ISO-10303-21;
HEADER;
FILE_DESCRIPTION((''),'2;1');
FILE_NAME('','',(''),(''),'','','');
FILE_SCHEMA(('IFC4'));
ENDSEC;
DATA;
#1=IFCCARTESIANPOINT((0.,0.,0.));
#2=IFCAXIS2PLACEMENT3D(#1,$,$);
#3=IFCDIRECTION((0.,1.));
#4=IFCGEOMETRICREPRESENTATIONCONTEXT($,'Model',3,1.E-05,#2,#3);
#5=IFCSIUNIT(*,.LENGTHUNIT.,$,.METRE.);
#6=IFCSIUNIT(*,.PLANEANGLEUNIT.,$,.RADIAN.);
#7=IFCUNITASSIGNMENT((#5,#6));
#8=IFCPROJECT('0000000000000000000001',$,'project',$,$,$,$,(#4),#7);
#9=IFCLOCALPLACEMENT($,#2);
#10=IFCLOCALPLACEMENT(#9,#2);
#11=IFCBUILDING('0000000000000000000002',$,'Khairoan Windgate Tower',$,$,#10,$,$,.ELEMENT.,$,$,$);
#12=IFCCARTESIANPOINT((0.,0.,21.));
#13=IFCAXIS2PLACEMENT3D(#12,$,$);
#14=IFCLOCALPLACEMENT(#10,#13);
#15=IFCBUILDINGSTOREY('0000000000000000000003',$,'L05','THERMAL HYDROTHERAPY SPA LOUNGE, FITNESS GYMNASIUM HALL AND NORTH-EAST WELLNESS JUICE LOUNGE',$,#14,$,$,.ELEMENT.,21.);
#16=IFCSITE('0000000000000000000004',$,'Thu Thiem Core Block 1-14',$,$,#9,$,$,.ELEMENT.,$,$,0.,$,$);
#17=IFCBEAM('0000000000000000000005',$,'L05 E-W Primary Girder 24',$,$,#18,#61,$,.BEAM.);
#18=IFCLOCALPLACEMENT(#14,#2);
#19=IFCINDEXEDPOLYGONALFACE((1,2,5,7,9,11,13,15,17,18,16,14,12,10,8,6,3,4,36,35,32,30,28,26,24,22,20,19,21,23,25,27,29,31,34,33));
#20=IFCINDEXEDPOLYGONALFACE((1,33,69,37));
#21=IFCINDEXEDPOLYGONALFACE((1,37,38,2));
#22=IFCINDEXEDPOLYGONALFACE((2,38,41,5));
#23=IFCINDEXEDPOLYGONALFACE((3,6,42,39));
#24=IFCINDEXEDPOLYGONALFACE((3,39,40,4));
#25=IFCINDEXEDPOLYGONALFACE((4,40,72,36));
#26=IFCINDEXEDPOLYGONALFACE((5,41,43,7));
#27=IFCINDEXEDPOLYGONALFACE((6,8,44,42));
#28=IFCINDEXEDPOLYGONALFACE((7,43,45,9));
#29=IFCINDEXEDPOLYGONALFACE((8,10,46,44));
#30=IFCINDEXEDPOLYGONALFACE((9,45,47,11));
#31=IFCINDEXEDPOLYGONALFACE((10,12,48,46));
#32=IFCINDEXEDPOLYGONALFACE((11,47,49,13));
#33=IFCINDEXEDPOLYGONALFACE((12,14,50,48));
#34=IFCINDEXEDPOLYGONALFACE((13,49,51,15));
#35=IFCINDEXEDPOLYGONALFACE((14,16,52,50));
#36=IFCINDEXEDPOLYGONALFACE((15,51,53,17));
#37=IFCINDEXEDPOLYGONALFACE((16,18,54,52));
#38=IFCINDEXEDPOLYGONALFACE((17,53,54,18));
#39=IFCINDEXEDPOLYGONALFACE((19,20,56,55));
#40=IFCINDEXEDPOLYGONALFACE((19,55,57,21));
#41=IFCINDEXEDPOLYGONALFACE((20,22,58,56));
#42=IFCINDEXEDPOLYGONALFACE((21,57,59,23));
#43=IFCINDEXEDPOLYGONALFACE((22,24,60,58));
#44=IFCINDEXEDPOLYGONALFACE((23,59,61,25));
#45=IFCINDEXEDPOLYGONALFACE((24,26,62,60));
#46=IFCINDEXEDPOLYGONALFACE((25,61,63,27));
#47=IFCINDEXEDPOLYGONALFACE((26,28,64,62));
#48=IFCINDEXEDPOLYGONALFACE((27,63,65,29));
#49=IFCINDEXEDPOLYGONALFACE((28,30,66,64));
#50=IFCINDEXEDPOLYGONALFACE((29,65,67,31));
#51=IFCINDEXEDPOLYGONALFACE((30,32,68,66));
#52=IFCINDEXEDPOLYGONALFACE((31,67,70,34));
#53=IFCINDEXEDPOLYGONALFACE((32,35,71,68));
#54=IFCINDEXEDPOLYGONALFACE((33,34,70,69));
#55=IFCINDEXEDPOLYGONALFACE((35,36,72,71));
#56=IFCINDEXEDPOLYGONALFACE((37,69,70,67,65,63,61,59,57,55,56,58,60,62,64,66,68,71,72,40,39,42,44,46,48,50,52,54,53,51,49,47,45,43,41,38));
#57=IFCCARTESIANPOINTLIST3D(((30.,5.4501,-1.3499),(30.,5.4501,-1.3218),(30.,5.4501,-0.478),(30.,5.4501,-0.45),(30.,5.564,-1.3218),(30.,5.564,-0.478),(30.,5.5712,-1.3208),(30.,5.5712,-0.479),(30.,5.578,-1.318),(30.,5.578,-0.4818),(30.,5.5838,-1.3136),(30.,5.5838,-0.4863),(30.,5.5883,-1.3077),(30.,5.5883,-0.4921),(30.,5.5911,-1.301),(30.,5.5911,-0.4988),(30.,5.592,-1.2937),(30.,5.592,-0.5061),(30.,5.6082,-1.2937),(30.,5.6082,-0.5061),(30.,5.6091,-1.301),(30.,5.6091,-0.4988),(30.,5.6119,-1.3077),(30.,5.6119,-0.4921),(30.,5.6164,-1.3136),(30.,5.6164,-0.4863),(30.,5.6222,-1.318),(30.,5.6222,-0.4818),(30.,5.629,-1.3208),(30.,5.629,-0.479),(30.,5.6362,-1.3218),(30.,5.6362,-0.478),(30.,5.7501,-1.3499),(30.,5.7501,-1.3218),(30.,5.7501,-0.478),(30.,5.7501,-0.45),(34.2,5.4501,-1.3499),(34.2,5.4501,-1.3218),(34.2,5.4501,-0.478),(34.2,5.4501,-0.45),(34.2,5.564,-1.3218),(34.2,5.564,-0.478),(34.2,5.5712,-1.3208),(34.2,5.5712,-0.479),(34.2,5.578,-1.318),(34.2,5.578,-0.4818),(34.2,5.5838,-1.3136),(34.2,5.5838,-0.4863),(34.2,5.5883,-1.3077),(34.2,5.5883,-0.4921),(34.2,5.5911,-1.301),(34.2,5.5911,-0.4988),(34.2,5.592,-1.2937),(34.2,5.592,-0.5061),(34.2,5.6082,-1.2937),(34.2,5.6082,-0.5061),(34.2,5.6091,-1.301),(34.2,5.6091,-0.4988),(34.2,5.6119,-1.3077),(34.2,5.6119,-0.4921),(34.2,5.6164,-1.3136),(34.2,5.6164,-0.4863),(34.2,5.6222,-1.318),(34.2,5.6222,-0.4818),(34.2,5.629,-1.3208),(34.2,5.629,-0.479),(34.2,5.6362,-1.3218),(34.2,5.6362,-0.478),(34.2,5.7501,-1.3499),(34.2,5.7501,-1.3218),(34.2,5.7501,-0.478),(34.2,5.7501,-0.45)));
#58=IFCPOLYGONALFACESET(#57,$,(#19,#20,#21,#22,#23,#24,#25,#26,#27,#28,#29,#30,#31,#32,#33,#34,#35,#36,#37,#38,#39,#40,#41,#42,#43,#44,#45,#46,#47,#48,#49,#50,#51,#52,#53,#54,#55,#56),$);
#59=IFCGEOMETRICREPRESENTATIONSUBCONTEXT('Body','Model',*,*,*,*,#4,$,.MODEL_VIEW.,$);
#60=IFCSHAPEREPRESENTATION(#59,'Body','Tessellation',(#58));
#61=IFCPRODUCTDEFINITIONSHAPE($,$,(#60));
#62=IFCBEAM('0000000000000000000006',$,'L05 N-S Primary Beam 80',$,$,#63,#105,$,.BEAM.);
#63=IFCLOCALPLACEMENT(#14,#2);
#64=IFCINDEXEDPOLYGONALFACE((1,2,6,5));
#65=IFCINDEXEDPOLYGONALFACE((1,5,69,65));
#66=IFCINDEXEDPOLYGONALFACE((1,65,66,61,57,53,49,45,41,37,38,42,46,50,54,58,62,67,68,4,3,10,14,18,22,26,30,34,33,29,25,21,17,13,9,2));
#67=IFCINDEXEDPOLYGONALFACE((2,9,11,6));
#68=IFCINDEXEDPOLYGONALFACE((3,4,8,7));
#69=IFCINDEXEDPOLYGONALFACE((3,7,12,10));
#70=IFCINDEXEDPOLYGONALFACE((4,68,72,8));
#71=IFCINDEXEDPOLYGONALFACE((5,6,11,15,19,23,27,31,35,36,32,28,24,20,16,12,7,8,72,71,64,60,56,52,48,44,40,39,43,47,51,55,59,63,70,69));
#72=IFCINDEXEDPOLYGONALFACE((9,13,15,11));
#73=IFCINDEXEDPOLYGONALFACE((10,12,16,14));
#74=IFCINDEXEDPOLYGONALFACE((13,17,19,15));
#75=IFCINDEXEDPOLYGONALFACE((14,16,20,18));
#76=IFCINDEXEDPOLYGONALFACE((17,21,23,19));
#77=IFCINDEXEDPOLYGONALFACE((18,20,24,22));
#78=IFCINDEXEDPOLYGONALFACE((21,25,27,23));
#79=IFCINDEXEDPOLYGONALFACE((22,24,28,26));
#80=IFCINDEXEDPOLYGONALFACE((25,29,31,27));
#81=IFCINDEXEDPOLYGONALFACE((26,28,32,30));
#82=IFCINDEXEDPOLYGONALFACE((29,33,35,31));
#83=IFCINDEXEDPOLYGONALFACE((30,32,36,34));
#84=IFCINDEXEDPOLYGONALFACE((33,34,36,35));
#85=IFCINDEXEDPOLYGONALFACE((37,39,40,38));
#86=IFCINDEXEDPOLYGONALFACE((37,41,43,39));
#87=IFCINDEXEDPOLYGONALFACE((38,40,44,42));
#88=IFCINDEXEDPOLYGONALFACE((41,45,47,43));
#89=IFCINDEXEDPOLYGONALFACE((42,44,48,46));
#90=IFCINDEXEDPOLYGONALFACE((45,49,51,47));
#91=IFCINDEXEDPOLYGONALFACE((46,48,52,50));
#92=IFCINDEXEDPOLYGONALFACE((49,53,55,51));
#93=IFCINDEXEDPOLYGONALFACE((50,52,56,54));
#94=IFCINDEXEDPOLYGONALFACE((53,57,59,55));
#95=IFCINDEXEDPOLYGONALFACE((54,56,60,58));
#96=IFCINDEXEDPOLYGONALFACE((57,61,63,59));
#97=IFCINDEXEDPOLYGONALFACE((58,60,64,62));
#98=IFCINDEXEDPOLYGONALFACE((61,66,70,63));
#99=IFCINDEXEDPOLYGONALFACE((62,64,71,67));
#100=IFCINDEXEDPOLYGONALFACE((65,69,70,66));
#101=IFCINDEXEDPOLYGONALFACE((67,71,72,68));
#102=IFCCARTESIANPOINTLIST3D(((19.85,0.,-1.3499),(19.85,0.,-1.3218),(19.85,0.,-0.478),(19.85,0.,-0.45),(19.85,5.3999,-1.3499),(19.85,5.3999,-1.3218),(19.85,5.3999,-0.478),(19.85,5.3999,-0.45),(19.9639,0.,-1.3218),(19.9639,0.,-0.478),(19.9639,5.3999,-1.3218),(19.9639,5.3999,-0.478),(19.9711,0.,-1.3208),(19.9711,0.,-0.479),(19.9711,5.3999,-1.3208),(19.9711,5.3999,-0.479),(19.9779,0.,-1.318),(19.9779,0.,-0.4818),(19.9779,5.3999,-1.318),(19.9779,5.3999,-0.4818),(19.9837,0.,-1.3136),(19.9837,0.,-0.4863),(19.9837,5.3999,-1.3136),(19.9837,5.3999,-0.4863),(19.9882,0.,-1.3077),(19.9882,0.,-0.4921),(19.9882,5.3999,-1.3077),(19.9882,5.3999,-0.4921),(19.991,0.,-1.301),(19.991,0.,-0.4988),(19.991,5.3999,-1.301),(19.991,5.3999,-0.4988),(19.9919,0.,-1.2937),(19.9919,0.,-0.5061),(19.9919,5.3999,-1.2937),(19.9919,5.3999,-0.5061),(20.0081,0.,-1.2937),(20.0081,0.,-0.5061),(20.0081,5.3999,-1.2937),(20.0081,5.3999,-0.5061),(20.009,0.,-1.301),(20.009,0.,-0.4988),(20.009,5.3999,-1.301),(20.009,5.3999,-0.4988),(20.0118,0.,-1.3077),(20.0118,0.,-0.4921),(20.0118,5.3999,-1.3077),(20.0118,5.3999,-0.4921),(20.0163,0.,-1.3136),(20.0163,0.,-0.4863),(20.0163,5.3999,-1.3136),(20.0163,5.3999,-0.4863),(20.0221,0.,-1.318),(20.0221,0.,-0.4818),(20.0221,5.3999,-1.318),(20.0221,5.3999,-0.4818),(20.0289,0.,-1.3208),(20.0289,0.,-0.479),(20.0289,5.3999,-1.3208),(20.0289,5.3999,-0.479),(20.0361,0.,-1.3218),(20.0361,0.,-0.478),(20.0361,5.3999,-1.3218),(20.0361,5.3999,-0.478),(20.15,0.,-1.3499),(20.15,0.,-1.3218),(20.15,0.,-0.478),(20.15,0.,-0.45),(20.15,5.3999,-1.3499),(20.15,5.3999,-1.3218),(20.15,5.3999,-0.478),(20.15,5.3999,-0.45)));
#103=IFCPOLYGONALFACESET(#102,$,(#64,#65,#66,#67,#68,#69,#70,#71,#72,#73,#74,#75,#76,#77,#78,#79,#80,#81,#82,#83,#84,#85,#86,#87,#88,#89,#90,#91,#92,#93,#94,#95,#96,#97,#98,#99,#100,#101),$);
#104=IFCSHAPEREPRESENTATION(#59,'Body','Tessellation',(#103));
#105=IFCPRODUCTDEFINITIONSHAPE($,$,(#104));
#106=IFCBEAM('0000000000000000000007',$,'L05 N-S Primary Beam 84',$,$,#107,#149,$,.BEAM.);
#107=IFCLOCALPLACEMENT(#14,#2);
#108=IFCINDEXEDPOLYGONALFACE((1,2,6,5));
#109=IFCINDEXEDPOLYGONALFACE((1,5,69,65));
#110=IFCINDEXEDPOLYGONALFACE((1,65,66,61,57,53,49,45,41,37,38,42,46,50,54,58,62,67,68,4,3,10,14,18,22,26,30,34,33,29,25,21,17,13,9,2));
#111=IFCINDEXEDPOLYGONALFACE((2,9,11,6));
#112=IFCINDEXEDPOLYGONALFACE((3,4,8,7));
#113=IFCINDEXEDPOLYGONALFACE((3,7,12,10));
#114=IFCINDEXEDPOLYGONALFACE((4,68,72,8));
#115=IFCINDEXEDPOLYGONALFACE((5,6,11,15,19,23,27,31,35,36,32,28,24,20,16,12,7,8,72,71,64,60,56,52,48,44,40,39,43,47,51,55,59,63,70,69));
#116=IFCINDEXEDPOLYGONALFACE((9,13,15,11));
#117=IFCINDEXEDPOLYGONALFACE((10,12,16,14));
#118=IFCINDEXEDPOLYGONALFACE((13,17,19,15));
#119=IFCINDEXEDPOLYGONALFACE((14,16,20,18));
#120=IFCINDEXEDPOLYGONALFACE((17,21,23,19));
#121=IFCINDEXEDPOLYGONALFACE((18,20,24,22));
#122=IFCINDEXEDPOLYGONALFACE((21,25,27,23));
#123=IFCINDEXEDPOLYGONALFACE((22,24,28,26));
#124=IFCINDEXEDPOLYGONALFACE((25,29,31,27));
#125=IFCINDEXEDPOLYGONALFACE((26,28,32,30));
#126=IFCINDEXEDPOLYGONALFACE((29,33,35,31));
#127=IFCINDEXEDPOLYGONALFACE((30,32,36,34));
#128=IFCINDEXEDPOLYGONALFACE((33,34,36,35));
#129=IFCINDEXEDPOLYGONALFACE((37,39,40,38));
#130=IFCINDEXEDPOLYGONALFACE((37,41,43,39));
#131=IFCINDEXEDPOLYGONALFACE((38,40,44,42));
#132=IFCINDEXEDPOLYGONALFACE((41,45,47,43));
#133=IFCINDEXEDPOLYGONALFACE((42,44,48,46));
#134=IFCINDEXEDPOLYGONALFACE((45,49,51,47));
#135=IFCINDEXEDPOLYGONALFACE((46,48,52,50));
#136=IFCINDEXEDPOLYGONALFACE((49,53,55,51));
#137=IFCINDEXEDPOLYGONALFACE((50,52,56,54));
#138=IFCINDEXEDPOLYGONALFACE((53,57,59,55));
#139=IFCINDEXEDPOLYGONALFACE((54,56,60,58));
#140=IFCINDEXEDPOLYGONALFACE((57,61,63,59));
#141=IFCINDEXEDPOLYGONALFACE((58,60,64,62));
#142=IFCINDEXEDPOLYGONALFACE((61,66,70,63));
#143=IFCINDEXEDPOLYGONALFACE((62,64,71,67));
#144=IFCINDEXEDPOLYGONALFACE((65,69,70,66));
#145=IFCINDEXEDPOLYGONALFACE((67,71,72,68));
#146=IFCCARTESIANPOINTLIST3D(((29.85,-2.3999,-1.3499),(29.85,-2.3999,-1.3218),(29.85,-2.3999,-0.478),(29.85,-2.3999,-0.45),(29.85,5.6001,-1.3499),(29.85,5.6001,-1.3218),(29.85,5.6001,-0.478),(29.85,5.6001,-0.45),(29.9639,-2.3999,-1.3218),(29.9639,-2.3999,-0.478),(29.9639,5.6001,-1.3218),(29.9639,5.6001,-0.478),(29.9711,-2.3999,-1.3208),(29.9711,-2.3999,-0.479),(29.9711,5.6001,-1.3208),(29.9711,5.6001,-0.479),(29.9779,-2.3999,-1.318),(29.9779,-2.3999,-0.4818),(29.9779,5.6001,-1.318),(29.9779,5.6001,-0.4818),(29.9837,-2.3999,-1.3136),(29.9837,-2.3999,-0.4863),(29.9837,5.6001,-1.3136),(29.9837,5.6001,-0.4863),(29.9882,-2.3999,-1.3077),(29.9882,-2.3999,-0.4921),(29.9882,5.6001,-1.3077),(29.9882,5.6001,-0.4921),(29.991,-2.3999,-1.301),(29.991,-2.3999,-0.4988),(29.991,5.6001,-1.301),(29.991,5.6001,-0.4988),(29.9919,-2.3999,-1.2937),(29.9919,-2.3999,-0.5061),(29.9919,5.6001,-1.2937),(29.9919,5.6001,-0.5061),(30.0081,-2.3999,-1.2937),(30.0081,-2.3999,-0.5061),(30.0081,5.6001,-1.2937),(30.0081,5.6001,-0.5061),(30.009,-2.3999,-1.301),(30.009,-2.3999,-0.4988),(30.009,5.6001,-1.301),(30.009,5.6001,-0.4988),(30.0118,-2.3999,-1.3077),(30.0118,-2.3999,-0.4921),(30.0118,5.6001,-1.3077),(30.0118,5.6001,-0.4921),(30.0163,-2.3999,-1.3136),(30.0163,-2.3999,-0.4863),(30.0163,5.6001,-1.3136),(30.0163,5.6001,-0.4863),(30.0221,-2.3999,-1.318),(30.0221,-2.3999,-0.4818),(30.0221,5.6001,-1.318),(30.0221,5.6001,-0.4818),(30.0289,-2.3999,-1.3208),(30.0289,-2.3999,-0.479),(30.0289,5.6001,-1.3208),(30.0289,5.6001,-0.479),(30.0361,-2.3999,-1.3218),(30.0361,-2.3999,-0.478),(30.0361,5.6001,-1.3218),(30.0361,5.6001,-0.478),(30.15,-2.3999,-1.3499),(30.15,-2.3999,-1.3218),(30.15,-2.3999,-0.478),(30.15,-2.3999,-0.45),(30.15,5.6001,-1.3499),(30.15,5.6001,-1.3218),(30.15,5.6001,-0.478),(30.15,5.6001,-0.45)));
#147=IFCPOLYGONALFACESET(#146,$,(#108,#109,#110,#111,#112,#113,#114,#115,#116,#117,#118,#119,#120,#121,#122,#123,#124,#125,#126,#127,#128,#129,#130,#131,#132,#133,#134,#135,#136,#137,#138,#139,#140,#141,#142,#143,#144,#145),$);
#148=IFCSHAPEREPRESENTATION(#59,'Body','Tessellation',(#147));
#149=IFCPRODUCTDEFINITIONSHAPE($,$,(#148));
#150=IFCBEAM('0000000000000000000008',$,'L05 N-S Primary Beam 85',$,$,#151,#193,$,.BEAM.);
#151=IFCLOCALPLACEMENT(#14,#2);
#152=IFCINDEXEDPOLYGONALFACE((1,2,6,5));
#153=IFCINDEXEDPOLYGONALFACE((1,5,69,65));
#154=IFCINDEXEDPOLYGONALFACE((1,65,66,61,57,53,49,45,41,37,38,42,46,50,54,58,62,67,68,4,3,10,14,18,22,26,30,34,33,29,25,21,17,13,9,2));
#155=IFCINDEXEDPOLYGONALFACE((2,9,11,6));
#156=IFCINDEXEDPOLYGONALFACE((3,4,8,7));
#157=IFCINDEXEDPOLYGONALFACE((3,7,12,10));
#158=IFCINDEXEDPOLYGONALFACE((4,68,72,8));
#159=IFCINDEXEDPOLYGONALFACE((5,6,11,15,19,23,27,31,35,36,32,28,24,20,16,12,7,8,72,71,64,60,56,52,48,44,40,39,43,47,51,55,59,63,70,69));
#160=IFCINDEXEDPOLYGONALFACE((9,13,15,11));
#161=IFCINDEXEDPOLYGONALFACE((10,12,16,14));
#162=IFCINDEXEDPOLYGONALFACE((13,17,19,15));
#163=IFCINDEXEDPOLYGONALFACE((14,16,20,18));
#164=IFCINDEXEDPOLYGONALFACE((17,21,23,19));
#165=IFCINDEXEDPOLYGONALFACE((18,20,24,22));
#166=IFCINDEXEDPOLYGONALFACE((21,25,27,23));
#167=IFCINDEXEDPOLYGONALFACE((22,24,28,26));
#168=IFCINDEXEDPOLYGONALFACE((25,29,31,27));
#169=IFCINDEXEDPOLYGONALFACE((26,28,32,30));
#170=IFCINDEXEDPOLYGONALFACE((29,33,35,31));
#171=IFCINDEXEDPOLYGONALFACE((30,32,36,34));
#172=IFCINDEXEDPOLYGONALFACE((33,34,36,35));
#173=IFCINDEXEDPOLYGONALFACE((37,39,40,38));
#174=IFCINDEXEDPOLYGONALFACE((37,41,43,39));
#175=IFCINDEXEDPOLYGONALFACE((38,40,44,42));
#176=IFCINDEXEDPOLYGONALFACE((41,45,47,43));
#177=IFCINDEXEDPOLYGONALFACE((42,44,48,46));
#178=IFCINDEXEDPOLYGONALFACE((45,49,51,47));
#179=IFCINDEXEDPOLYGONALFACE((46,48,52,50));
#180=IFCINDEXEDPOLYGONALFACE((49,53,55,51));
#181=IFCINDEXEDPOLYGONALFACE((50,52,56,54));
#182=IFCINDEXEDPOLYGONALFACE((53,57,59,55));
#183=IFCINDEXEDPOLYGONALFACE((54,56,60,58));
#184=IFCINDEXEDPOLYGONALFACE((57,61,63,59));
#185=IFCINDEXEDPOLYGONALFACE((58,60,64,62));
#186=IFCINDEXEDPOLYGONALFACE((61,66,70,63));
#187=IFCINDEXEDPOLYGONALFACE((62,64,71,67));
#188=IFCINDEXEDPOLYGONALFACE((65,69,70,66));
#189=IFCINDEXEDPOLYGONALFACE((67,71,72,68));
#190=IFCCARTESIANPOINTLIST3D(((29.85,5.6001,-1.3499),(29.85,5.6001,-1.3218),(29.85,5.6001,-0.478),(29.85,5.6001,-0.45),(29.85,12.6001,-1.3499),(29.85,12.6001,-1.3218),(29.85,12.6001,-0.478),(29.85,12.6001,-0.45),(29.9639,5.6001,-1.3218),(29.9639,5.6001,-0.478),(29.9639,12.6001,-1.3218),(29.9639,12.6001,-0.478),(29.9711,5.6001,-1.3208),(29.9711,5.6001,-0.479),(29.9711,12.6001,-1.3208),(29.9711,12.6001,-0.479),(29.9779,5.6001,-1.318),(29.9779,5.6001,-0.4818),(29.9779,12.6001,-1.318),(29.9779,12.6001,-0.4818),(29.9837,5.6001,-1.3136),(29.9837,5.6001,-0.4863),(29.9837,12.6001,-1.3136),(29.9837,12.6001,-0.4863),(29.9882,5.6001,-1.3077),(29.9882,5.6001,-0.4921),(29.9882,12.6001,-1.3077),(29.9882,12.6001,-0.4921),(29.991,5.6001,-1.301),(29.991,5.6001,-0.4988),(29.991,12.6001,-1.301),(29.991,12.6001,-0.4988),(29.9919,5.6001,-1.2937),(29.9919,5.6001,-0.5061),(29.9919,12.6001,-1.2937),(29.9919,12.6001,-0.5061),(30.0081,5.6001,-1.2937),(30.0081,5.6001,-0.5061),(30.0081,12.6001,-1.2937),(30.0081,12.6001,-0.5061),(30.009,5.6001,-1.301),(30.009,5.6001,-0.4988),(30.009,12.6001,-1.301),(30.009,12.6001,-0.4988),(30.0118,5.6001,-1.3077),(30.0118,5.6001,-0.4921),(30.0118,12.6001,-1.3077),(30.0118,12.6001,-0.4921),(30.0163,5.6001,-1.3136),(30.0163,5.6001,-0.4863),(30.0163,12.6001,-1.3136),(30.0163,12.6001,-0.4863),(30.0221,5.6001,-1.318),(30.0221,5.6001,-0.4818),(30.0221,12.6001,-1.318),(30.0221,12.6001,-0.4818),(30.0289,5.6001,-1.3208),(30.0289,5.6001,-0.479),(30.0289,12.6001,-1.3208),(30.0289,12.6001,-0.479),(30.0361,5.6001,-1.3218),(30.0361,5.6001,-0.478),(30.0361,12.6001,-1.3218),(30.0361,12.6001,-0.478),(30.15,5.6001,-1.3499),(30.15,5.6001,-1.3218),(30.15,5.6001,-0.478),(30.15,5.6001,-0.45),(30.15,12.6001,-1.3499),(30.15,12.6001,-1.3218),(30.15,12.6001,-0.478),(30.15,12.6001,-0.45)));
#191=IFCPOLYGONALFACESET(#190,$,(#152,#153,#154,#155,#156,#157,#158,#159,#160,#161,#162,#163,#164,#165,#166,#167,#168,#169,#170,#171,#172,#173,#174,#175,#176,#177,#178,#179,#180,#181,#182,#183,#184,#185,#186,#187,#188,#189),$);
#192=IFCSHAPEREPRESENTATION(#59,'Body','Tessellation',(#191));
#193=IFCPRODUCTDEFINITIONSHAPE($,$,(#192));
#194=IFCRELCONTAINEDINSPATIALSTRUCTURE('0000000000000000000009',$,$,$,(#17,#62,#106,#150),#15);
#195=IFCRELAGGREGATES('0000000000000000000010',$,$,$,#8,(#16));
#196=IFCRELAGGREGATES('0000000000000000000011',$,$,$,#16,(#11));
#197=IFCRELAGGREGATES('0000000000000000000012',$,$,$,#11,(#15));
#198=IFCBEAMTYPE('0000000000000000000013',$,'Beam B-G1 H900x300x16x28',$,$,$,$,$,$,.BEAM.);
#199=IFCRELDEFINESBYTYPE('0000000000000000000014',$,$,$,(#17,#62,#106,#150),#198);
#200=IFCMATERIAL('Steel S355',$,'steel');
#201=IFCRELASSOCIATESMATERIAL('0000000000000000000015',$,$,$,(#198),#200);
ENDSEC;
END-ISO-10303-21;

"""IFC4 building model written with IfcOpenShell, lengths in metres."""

from ifc_helpers import new_model, si_unit, direction, frame, origin, origin_2d, place, context, subcontext, project, spatial, i_section, extrude, material, material_profile, profile_set, type_object, element, save


model = new_model("IFC4")

# Units and contexts
model_context = context("Model", 3, precision=1e-05, world=origin(), true_north=direction((0.0, 1.0)))
body_context = subcontext(model_context, "Body", "Model", "MODEL_VIEW")
ifc_project = project(units=[si_unit("LENGTHUNIT", "METRE"), si_unit("PLANEANGLEUNIT", "RADIAN")], contexts=[model_context])

# Site, building, storey
site_placement = place(None, origin())
site = spatial("IfcSite", under=ifc_project, at=site_placement, Name="Thu Thiem Core Block 1-14", CompositionType="ELEMENT", RefElevation=0.0)
building_placement = place(site_placement, origin())
building = spatial("IfcBuilding", under=site, at=building_placement, Name="Khairoan Windgate Tower", CompositionType="ELEMENT")
storey_placement = place(building_placement, frame((0.0, 0.0, 21.0)))
storey = spatial("IfcBuildingStorey", under=building, at=storey_placement, Name="L05", Description="THERMAL HYDROTHERAPY SPA LOUNGE, FITNESS GYMNASIUM HALL AND NORTH-EAST WELLNESS JUICE LOUNGE", CompositionType="ELEMENT", Elevation=21.0)

# Beams
ifc_material_1 = material(Name="Steel S355", Category="steel")
ifc_material_profile_1 = material_profile(ifc_material_1, i_section(OverallWidth=0.3, OverallDepth=0.8999, WebThickness=0.0161, FlangeThickness=0.0281, FilletRadius=0.0281, at=origin_2d()))
ifc_profile_set_1 = profile_set([ifc_material_profile_1], Name="Steel S355")
beam_type_1 = type_object("IfcBeamType", Name="Beam B-G1 H900x300x16x28", PredefinedType="BEAM", material=ifc_profile_set_1)
beam_1_placement = place(storey_placement, frame((30.0, 5.6001, -0.8999), z_axis=(1.0, 0.0, 0.0), x_axis=(0.0, 1.0, 0.0)))
element("IfcBeam", 1, at=beam_1_placement, inside=storey, type_object=beam_type_1, Name="L05 E-W Primary Girder 24", PredefinedType="BEAM", context=body_context, shape_type="SweptSolid", body=[
    extrude(i_section(OverallWidth=0.3, OverallDepth=0.8999, WebThickness=0.0161, FlangeThickness=0.0281, FilletRadius=0.0281, at=origin_2d()), origin(), (0.0, 0.0, 1.0), 4.2),
])
beam_2_placement = place(storey_placement, frame((20.0, 0.0, -0.8999), z_axis=(0.0, 1.0, 0.0), x_axis=(-1.0, 0.0, 0.0)))
element("IfcBeam", 2, at=beam_2_placement, inside=storey, type_object=beam_type_1, Name="L05 N-S Primary Beam 80", PredefinedType="BEAM", context=body_context, shape_type="SweptSolid", body=[
    extrude(i_section(OverallWidth=0.3, OverallDepth=0.8999, WebThickness=0.0161, FlangeThickness=0.0281, FilletRadius=0.0281, at=origin_2d()), origin(), (0.0, 0.0, 1.0), 5.3999),
])
beam_3_placement = place(storey_placement, frame((30.0, -2.3999, -0.8999), z_axis=(0.0, 1.0, 0.0), x_axis=(-1.0, 0.0, 0.0)))
element("IfcBeam", 3, at=beam_3_placement, inside=storey, type_object=beam_type_1, Name="L05 N-S Primary Beam 84", PredefinedType="BEAM", context=body_context, shape_type="SweptSolid", body=[
    extrude(i_section(OverallWidth=0.3, OverallDepth=0.8999, WebThickness=0.0161, FlangeThickness=0.0281, FilletRadius=0.0281, at=origin_2d()), origin(), (0.0, 0.0, 1.0), 8.0),
])
beam_4_placement = place(storey_placement, frame((30.0, 5.6001, -0.8999), z_axis=(0.0, 1.0, 0.0), x_axis=(-1.0, 0.0, 0.0)))
element("IfcBeam", 4, at=beam_4_placement, inside=storey, type_object=beam_type_1, Name="L05 N-S Primary Beam 85", PredefinedType="BEAM", context=body_context, shape_type="SweptSolid", body=[
    extrude(i_section(OverallWidth=0.3, OverallDepth=0.8999, WebThickness=0.0161, FlangeThickness=0.0281, FilletRadius=0.0281, at=origin_2d()), origin(), (0.0, 0.0, 1.0), 7.0),
])

save(model, "model.ifc")
